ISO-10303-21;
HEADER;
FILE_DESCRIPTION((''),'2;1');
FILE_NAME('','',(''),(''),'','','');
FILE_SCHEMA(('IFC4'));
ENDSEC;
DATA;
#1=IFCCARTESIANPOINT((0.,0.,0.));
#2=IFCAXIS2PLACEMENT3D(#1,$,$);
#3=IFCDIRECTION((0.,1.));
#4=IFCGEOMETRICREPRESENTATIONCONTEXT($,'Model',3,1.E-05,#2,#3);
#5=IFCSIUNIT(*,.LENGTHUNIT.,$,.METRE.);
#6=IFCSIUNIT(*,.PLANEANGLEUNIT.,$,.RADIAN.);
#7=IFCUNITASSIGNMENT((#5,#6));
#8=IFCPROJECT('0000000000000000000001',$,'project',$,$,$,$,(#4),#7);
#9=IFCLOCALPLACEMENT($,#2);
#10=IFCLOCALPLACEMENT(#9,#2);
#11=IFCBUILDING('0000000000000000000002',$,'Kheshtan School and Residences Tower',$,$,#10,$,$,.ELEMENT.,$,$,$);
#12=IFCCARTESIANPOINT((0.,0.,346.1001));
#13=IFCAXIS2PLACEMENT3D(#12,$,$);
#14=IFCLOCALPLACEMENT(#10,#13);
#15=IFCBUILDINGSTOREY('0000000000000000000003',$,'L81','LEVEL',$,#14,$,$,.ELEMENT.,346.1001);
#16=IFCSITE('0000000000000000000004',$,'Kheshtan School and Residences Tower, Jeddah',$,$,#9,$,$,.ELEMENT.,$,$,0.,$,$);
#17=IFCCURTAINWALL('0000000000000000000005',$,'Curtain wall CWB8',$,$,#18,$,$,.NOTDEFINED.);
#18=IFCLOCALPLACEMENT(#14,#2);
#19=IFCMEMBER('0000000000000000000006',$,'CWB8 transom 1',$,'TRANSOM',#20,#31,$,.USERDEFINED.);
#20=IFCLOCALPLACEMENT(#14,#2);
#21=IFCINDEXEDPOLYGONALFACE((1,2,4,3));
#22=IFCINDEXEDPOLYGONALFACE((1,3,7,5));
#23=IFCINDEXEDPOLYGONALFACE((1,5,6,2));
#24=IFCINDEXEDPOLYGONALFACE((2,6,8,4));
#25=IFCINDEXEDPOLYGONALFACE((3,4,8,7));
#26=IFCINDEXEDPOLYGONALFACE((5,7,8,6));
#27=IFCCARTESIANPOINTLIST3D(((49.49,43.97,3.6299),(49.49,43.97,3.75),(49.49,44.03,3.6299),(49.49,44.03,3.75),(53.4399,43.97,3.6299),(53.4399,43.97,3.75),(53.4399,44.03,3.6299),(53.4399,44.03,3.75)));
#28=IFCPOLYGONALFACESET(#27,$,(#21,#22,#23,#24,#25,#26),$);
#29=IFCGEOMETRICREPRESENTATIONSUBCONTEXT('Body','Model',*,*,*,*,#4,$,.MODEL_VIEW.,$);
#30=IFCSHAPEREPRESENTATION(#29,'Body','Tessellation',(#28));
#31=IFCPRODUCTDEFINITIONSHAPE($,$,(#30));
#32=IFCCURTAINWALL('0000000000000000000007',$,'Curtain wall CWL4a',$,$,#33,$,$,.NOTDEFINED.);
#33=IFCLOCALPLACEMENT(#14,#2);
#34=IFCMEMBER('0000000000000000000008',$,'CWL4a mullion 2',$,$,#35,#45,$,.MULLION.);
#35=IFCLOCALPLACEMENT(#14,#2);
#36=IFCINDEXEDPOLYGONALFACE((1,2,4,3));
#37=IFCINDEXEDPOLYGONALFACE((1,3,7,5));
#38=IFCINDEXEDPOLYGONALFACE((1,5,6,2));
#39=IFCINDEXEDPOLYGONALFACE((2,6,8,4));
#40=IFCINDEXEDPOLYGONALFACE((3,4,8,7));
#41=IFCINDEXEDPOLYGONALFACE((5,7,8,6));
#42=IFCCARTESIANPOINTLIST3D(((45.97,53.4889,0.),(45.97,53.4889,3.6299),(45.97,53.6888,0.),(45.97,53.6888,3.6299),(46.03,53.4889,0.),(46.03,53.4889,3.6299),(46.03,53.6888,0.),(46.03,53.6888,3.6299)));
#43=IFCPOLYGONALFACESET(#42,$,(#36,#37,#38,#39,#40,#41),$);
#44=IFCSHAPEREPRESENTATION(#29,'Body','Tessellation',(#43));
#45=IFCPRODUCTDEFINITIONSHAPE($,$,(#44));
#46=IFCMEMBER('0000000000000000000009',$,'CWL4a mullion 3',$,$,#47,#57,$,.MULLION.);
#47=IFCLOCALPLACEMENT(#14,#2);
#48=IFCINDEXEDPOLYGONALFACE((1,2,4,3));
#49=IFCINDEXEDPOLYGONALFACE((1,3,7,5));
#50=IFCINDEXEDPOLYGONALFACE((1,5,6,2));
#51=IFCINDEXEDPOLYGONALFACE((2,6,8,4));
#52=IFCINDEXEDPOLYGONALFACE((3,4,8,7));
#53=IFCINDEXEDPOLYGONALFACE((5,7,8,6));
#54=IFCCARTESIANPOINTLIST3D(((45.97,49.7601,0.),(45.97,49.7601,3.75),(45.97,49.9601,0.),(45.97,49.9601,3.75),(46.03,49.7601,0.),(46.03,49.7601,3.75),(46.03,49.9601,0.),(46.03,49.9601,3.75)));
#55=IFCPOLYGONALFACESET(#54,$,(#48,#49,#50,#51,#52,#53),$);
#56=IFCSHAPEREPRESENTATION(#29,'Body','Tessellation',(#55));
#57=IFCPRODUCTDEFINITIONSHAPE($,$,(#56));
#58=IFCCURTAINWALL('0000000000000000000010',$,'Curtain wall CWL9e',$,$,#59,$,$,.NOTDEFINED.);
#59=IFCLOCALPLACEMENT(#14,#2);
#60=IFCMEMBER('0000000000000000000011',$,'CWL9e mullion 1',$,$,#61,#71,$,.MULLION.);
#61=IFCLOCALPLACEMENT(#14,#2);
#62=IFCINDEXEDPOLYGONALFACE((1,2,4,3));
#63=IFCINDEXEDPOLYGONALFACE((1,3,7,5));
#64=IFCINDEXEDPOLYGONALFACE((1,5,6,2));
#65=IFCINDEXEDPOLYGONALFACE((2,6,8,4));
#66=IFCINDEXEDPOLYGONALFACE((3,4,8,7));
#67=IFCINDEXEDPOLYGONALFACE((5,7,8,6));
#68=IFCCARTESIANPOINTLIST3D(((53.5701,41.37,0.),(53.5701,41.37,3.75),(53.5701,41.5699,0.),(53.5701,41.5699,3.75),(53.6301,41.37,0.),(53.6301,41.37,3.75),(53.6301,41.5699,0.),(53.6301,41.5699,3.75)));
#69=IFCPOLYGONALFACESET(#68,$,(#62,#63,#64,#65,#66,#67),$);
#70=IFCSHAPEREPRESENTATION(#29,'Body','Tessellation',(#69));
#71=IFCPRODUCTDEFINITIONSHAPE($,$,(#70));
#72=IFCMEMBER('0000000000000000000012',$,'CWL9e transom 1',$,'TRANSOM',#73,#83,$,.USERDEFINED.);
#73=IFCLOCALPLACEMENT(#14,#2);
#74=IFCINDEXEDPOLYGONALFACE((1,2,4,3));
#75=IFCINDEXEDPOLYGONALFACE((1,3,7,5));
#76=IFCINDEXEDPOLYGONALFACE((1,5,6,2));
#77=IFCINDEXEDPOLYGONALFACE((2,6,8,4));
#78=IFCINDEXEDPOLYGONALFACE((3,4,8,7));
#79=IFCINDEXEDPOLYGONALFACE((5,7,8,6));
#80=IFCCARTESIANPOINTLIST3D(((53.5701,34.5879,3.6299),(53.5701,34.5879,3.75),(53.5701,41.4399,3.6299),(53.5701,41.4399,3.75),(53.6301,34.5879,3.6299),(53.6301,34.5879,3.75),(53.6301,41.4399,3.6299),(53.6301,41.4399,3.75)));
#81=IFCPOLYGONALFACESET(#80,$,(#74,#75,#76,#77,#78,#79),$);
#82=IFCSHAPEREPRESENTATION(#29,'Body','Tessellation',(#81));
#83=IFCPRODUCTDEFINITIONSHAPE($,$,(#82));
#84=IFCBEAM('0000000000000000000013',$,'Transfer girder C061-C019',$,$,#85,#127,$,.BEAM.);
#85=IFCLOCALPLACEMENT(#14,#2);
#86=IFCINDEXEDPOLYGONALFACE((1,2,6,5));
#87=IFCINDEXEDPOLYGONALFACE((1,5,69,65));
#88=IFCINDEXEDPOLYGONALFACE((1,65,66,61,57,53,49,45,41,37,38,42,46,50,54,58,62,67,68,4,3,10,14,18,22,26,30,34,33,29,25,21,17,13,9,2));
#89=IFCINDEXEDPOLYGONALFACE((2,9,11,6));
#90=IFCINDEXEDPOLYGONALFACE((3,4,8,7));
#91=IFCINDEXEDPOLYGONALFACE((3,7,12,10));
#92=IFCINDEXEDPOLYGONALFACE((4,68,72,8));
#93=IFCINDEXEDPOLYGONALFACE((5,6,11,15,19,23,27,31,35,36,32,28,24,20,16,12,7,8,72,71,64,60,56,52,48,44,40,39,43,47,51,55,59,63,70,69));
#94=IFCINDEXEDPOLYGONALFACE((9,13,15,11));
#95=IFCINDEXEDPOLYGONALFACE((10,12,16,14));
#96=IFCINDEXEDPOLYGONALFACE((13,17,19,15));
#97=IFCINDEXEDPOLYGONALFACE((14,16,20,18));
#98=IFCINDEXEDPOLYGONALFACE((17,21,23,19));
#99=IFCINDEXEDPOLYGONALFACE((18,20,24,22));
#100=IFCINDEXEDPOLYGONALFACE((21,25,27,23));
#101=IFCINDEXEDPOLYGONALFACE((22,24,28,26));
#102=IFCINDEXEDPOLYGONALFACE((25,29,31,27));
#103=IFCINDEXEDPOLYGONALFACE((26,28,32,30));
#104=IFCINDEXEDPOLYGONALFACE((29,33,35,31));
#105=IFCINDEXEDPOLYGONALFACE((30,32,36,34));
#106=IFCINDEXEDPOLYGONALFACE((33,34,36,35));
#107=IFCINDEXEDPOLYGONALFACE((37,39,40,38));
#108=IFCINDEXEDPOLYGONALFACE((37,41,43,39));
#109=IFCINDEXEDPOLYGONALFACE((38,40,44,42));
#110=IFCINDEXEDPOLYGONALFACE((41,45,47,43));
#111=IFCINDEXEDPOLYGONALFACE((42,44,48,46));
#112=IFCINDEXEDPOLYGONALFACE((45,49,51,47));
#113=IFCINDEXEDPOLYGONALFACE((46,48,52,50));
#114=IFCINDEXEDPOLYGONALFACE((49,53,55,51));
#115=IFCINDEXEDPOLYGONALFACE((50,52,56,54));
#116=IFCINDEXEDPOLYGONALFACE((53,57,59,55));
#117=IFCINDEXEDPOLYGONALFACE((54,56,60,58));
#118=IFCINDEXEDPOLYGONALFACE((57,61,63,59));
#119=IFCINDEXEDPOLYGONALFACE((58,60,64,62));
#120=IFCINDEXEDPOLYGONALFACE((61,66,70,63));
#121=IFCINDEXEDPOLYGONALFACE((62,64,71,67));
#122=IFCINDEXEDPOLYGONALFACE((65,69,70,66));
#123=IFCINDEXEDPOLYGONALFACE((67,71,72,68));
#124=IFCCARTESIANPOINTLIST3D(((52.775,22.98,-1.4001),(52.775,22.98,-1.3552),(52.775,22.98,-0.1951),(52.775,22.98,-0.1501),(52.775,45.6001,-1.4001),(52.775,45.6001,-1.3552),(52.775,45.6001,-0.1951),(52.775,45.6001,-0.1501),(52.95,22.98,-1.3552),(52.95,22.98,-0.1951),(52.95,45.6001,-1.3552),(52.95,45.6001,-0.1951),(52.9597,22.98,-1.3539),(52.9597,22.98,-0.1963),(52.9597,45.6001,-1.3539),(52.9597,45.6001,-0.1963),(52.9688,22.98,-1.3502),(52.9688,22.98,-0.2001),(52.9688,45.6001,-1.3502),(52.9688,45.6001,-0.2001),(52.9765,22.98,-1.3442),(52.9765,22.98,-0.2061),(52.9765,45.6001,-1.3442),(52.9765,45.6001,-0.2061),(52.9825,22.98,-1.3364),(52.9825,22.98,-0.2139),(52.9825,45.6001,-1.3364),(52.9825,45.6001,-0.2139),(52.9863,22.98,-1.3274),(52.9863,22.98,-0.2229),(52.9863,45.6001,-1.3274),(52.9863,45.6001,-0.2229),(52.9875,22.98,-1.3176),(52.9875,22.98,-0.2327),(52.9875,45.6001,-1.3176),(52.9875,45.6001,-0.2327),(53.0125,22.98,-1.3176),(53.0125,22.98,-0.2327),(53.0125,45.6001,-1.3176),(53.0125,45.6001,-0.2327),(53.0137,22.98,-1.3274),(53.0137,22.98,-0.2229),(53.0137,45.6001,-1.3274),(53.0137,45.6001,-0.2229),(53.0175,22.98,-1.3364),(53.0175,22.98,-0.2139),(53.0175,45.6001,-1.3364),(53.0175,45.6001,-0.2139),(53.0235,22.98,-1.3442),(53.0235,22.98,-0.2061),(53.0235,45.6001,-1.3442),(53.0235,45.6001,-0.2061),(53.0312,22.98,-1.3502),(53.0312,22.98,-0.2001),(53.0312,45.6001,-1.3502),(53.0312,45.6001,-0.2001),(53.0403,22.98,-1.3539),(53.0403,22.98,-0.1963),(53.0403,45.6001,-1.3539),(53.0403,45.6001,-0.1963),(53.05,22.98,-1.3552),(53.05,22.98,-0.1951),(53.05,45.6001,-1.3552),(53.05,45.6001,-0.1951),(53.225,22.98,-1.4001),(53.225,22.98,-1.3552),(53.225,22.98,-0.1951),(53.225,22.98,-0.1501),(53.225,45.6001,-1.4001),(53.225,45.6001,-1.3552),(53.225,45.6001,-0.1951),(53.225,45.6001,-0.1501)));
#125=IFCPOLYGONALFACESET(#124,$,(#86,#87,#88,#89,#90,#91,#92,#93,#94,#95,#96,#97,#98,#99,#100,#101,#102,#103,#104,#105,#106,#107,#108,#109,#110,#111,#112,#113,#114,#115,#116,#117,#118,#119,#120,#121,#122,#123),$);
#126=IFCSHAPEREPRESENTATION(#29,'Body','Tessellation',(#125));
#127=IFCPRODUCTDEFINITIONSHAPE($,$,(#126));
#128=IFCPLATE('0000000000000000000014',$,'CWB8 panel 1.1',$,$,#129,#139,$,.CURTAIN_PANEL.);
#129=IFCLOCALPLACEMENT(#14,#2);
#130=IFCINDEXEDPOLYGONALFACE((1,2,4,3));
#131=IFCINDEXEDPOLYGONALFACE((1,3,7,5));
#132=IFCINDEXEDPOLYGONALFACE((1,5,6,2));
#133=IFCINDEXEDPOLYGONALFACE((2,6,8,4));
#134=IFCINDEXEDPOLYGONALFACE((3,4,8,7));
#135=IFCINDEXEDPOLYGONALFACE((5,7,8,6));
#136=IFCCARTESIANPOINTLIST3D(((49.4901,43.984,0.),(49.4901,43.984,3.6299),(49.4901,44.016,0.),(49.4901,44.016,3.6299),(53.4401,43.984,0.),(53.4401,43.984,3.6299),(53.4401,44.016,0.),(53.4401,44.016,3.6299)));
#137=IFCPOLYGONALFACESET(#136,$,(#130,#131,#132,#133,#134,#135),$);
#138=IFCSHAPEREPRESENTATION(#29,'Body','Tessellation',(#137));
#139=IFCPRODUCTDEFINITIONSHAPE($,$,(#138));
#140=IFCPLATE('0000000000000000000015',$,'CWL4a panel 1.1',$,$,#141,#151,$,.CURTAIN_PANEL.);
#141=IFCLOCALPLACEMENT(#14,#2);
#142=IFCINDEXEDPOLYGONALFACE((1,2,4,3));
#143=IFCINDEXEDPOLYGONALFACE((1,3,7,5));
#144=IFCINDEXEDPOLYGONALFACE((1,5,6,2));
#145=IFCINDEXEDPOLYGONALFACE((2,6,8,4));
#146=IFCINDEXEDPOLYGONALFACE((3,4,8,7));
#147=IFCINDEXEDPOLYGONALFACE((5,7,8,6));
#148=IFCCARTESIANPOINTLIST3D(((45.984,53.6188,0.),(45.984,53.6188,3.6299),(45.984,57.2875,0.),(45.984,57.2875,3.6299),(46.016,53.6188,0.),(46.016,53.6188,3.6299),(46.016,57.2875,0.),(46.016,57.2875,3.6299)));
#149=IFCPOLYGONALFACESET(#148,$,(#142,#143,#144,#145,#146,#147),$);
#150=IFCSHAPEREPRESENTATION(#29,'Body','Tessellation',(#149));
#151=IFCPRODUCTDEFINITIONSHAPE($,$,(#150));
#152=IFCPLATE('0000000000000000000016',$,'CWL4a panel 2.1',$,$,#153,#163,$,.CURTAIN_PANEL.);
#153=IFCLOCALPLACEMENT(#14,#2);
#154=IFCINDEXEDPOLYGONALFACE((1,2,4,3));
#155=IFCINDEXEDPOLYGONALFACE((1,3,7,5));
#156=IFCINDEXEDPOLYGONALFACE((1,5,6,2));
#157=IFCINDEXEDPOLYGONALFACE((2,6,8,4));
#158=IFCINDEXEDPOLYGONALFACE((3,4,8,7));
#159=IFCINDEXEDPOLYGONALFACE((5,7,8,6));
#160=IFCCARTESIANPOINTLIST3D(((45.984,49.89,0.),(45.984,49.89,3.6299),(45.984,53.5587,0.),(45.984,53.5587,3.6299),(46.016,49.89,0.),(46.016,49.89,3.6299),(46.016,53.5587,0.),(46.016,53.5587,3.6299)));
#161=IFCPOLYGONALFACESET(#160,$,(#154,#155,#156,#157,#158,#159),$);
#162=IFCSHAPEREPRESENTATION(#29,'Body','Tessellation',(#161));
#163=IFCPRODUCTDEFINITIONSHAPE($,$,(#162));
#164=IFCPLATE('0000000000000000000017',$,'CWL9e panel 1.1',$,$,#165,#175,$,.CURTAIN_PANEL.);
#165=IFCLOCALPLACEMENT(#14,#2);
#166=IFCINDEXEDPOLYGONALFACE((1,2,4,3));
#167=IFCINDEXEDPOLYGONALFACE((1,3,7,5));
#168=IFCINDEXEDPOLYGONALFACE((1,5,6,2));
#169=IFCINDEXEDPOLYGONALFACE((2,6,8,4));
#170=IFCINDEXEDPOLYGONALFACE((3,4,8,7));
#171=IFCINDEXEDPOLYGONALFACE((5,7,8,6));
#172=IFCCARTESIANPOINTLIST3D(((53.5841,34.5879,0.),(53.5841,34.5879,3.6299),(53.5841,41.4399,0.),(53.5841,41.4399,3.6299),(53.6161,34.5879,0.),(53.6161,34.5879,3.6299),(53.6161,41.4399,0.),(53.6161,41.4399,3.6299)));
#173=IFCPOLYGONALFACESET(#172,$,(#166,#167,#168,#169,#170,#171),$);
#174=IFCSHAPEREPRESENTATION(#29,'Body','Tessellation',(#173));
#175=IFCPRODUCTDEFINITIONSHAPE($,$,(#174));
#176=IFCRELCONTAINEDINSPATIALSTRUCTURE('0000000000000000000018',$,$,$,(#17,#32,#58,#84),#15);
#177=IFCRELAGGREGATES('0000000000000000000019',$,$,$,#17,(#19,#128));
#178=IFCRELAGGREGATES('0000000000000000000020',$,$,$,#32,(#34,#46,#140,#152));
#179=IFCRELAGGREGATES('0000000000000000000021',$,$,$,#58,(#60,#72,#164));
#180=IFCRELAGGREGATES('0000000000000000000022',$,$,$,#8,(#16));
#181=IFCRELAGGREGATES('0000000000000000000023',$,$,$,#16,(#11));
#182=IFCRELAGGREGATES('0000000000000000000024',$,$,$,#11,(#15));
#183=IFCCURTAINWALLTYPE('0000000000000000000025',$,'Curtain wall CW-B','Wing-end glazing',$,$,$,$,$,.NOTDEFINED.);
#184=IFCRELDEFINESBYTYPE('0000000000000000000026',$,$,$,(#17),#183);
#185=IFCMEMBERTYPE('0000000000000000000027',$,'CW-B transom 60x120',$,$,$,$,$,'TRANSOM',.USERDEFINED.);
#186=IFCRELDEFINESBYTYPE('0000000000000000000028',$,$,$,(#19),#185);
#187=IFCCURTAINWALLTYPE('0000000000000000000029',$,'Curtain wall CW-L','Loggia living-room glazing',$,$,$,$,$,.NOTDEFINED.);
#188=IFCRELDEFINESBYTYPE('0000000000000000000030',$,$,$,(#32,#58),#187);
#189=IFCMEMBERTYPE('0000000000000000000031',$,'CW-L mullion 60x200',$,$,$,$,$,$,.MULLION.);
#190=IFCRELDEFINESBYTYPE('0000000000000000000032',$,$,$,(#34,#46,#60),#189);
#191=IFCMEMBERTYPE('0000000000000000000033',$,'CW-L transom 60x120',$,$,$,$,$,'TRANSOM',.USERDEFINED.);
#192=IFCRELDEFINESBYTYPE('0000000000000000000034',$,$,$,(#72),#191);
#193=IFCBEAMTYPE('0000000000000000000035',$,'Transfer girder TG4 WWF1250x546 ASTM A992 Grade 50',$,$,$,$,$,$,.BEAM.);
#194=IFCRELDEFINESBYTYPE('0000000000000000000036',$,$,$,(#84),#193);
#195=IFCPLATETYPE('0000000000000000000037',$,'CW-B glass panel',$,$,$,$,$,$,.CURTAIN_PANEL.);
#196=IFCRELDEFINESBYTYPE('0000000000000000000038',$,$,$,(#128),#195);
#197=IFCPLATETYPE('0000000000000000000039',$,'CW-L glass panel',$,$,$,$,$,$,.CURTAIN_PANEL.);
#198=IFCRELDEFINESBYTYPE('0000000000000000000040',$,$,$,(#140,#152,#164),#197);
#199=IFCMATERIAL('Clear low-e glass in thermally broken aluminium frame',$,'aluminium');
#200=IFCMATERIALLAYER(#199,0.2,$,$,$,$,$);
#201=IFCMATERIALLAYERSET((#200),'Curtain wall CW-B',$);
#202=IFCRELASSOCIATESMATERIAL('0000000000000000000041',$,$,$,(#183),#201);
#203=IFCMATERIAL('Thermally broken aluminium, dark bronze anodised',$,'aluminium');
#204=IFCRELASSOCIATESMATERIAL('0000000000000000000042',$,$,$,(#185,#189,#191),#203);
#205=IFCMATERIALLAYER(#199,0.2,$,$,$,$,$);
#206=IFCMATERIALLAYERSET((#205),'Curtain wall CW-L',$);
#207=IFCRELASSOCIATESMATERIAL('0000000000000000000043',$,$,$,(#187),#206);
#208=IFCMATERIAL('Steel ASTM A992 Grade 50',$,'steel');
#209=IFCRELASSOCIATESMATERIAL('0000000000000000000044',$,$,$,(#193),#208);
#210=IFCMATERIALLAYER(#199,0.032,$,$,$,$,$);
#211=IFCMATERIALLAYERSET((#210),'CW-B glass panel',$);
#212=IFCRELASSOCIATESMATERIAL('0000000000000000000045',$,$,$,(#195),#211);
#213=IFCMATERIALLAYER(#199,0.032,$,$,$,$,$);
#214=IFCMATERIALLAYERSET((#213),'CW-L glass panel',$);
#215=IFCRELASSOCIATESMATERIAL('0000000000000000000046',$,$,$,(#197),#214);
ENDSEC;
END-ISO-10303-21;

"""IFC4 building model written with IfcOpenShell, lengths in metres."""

from ifc_helpers import new_model, si_unit, direction, frame, origin, origin_2d, place, context, subcontext, project, spatial, rectangle, i_section, extrude, material, layer, layer_set, material_profile, profile_set, type_object, element, aggregate, save


model = new_model("IFC4")

# Units and contexts
model_context = context("Model", 3, precision=1e-05, world=origin(), true_north=direction((0.0, 1.0)))
body_context = subcontext(model_context, "Body", "Model", "MODEL_VIEW")
ifc_project = project(units=[si_unit("LENGTHUNIT", "METRE"), si_unit("PLANEANGLEUNIT", "RADIAN")], contexts=[model_context])

# Site, building, storey
site_placement = place(None, origin())
site = spatial("IfcSite", under=ifc_project, at=site_placement, Name="Kheshtan School and Residences Tower, Jeddah", CompositionType="ELEMENT", RefElevation=0.0)
building_placement = place(site_placement, origin())
building = spatial("IfcBuilding", under=site, at=building_placement, Name="Kheshtan School and Residences Tower", CompositionType="ELEMENT")
storey_placement = place(building_placement, frame((0.0, 0.0, 346.1001)))
storey = spatial("IfcBuildingStorey", under=building, at=storey_placement, Name="L81", Description="LEVEL", CompositionType="ELEMENT", Elevation=346.1001)

# Shared definitions
ifc_material_1 = material(Name="Steel ASTM A992 Grade 50", Category="steel")

# Curtain walls, members
ifc_material_2 = material(Name="Clear low-e glass in thermally broken aluminium frame", Category="aluminium")
ifc_layer_1 = layer(ifc_material_2, 0.2)
ifc_layer_set_1 = layer_set([ifc_layer_1], Name="Curtain wall CW-B")
curtain_wall_type_1 = type_object("IfcCurtainWallType", Name="Curtain wall CW-B", Description="Wing-end glazing", PredefinedType="NOTDEFINED", material=ifc_layer_set_1)
curtain_wall_1_placement = place(storey_placement, origin())
curtain_wall_1 = element("IfcCurtainWall", 1, at=curtain_wall_1_placement, inside=storey, type_object=curtain_wall_type_1, Name="Curtain wall CWB8", PredefinedType="NOTDEFINED")
ifc_material_3 = material(Name="Thermally broken aluminium, dark bronze anodised", Category="aluminium")
ifc_material_profile_1 = material_profile(ifc_material_3, rectangle(XDim=0.0601, YDim=0.1201, at=origin_2d()), Name="CW-B transom 60x120")
ifc_profile_set_1 = profile_set([ifc_material_profile_1], Name="Thermally broken aluminium, dark bronze anodised")
member_type_1 = type_object("IfcMemberType", Name="CW-B transom 60x120", ElementType="TRANSOM", PredefinedType="USERDEFINED", material=ifc_profile_set_1)
member_1_placement = place(storey_placement, frame((49.49, 44.0, 3.6899), z_axis=(1.0, 0.0, 0.0), x_axis=(0.0, 1.0, 0.0)))
member_1 = element("IfcMember", 2, at=member_1_placement, type_object=member_type_1, Name="CWB8 transom 1", ObjectType="TRANSOM", PredefinedType="USERDEFINED", context=body_context, shape_type="SweptSolid", body=[
    extrude(rectangle(XDim=0.0601, YDim=0.1201, at=origin_2d()), origin(), (0.0, 0.0, 1.0), 3.95),
])
ifc_layer_2 = layer(ifc_material_2, 0.2)
ifc_layer_set_2 = layer_set([ifc_layer_2], Name="Curtain wall CW-L")
curtain_wall_type_2 = type_object("IfcCurtainWallType", Name="Curtain wall CW-L", Description="Loggia living-room glazing", PredefinedType="NOTDEFINED", material=ifc_layer_set_2)
curtain_wall_2_placement = place(storey_placement, origin())
curtain_wall_2 = element("IfcCurtainWall", 3, at=curtain_wall_2_placement, inside=storey, type_object=curtain_wall_type_2, Name="Curtain wall CWL4a", PredefinedType="NOTDEFINED")
ifc_material_profile_2 = material_profile(ifc_material_3, rectangle(XDim=0.0601, YDim=0.2, at=origin_2d()), Name="CW-L mullion 60x200")
ifc_profile_set_2 = profile_set([ifc_material_profile_2], Name="Thermally broken aluminium, dark bronze anodised")
member_type_2 = type_object("IfcMemberType", Name="CW-L mullion 60x200", PredefinedType="MULLION", material=ifc_profile_set_2)
member_2_placement = place(storey_placement, frame((46.0, 53.5889, 0.0), z_axis=(0.0, 0.0, 1.0), x_axis=(1.0, 0.0, 0.0)))
member_2 = element("IfcMember", 4, at=member_2_placement, type_object=member_type_2, Name="CWL4a mullion 2", PredefinedType="MULLION", context=body_context, shape_type="SweptSolid", body=[
    extrude(rectangle(XDim=0.0601, YDim=0.2, at=origin_2d()), origin(), (0.0, 0.0, 1.0), 3.6299),
])
member_3_placement = place(storey_placement, frame((46.0, 49.8601, 0.0), z_axis=(0.0, 0.0, 1.0), x_axis=(1.0, 0.0, 0.0)))
member_3 = element("IfcMember", 5, at=member_3_placement, type_object=member_type_2, Name="CWL4a mullion 3", PredefinedType="MULLION", context=body_context, shape_type="SweptSolid", body=[
    extrude(rectangle(XDim=0.0601, YDim=0.2, at=origin_2d()), origin(), (0.0, 0.0, 1.0), 3.75),
])
curtain_wall_3_placement = place(storey_placement, origin())
curtain_wall_3 = element("IfcCurtainWall", 6, at=curtain_wall_3_placement, inside=storey, type_object=curtain_wall_type_2, Name="Curtain wall CWL9e", PredefinedType="NOTDEFINED")
member_4_placement = place(storey_placement, frame((53.6001, 41.47, 0.0), z_axis=(0.0, 0.0, 1.0), x_axis=(1.0, 0.0, 0.0)))
member_4 = element("IfcMember", 7, at=member_4_placement, type_object=member_type_2, Name="CWL9e mullion 1", PredefinedType="MULLION", context=body_context, shape_type="SweptSolid", body=[
    extrude(rectangle(XDim=0.0601, YDim=0.2, at=origin_2d()), origin(), (0.0, 0.0, 1.0), 3.75),
])
ifc_material_profile_3 = material_profile(ifc_material_3, rectangle(XDim=0.0601, YDim=0.1201, at=origin_2d()), Name="CW-L transom 60x120")
ifc_profile_set_3 = profile_set([ifc_material_profile_3], Name="Thermally broken aluminium, dark bronze anodised")
member_type_3 = type_object("IfcMemberType", Name="CW-L transom 60x120", ElementType="TRANSOM", PredefinedType="USERDEFINED", material=ifc_profile_set_3)
member_5_placement = place(storey_placement, frame((53.6001, 41.4399, 3.6899), z_axis=(0.0, -1.0, 0.0), x_axis=(1.0, 0.0, 0.0)))
member_5 = element("IfcMember", 8, at=member_5_placement, type_object=member_type_3, Name="CWL9e transom 1", ObjectType="TRANSOM", PredefinedType="USERDEFINED", context=body_context, shape_type="SweptSolid", body=[
    extrude(rectangle(XDim=0.0601, YDim=0.1201, at=origin_2d()), origin(), (0.0, 0.0, 1.0), 6.8521),
])

# Beam
ifc_material_profile_4 = material_profile(ifc_material_1, i_section(OverallWidth=0.45, OverallDepth=1.25, WebThickness=0.0249, FlangeThickness=0.0449, FilletRadius=0.0376, at=origin_2d()), Name="WWF1250x546")
ifc_profile_set_4 = profile_set([ifc_material_profile_4], Name="Steel ASTM A992 Grade 50")
beam_type_1 = type_object("IfcBeamType", Name="Transfer girder TG4 WWF1250x546 ASTM A992 Grade 50", PredefinedType="BEAM", material=ifc_profile_set_4)
beam_1_placement = place(storey_placement, frame((53.0, 45.6001, -0.7751), z_axis=(0.0, -1.0, 0.0), x_axis=(1.0, 0.0, 0.0)))
element("IfcBeam", 9, at=beam_1_placement, inside=storey, type_object=beam_type_1, Name="Transfer girder C061-C019", PredefinedType="BEAM", context=body_context, shape_type="SweptSolid", body=[
    extrude(i_section(OverallWidth=0.45, OverallDepth=1.25, WebThickness=0.0249, FlangeThickness=0.0449, FilletRadius=0.0376, at=origin_2d()), origin(), (0.0, 0.0, 1.0), 22.6201),
])

# Plates
ifc_layer_3 = layer(ifc_material_2, 0.032)
ifc_layer_set_3 = layer_set([ifc_layer_3], Name="CW-B glass panel")
plate_type_1 = type_object("IfcPlateType", Name="CW-B glass panel", PredefinedType="CURTAIN_PANEL", material=ifc_layer_set_3)
plate_1_placement = place(storey_placement, frame((51.4651, 44.0, 0.0), z_axis=(0.0, 0.0, 1.0), x_axis=(1.0, 0.0, 0.0)))
plate_1 = element("IfcPlate", 10, at=plate_1_placement, type_object=plate_type_1, Name="CWB8 panel 1.1", PredefinedType="CURTAIN_PANEL", context=body_context, shape_type="SweptSolid", body=[
    extrude(rectangle(XDim=3.95, YDim=0.032, at=origin_2d()), origin(), (0.0, 0.0, 1.0), 3.6299),
])
aggregate(curtain_wall_1, [member_1, plate_1])
ifc_layer_4 = layer(ifc_material_2, 0.032)
ifc_layer_set_4 = layer_set([ifc_layer_4], Name="CW-L glass panel")
plate_type_2 = type_object("IfcPlateType", Name="CW-L glass panel", PredefinedType="CURTAIN_PANEL", material=ifc_layer_set_4)
plate_2_placement = place(storey_placement, frame((46.0, 55.4531, 0.0), z_axis=(0.0, 0.0, 1.0), x_axis=(0.0, -1.0, 0.0)))
plate_2 = element("IfcPlate", 11, at=plate_2_placement, type_object=plate_type_2, Name="CWL4a panel 1.1", PredefinedType="CURTAIN_PANEL", context=body_context, shape_type="SweptSolid", body=[
    extrude(rectangle(XDim=3.6687, YDim=0.032, at=origin_2d()), origin(), (0.0, 0.0, 1.0), 3.6299),
])
plate_3_placement = place(storey_placement, frame((46.0, 51.7244, 0.0), z_axis=(0.0, 0.0, 1.0), x_axis=(0.0, -1.0, 0.0)))
plate_3 = element("IfcPlate", 12, at=plate_3_placement, type_object=plate_type_2, Name="CWL4a panel 2.1", PredefinedType="CURTAIN_PANEL", context=body_context, shape_type="SweptSolid", body=[
    extrude(rectangle(XDim=3.6687, YDim=0.032, at=origin_2d()), origin(), (0.0, 0.0, 1.0), 3.6299),
])
aggregate(curtain_wall_2, [member_2, member_3, plate_2, plate_3])
plate_4_placement = place(storey_placement, frame((53.6001, 38.0139, 0.0), z_axis=(0.0, 0.0, 1.0), x_axis=(0.0, -1.0, 0.0)))
plate_4 = element("IfcPlate", 13, at=plate_4_placement, type_object=plate_type_2, Name="CWL9e panel 1.1", PredefinedType="CURTAIN_PANEL", context=body_context, shape_type="SweptSolid", body=[
    extrude(rectangle(XDim=6.8521, YDim=0.032, at=origin_2d()), origin(), (0.0, 0.0, 1.0), 3.6299),
])
aggregate(curtain_wall_3, [member_4, member_5, plate_4])

save(model, "model.ifc")
